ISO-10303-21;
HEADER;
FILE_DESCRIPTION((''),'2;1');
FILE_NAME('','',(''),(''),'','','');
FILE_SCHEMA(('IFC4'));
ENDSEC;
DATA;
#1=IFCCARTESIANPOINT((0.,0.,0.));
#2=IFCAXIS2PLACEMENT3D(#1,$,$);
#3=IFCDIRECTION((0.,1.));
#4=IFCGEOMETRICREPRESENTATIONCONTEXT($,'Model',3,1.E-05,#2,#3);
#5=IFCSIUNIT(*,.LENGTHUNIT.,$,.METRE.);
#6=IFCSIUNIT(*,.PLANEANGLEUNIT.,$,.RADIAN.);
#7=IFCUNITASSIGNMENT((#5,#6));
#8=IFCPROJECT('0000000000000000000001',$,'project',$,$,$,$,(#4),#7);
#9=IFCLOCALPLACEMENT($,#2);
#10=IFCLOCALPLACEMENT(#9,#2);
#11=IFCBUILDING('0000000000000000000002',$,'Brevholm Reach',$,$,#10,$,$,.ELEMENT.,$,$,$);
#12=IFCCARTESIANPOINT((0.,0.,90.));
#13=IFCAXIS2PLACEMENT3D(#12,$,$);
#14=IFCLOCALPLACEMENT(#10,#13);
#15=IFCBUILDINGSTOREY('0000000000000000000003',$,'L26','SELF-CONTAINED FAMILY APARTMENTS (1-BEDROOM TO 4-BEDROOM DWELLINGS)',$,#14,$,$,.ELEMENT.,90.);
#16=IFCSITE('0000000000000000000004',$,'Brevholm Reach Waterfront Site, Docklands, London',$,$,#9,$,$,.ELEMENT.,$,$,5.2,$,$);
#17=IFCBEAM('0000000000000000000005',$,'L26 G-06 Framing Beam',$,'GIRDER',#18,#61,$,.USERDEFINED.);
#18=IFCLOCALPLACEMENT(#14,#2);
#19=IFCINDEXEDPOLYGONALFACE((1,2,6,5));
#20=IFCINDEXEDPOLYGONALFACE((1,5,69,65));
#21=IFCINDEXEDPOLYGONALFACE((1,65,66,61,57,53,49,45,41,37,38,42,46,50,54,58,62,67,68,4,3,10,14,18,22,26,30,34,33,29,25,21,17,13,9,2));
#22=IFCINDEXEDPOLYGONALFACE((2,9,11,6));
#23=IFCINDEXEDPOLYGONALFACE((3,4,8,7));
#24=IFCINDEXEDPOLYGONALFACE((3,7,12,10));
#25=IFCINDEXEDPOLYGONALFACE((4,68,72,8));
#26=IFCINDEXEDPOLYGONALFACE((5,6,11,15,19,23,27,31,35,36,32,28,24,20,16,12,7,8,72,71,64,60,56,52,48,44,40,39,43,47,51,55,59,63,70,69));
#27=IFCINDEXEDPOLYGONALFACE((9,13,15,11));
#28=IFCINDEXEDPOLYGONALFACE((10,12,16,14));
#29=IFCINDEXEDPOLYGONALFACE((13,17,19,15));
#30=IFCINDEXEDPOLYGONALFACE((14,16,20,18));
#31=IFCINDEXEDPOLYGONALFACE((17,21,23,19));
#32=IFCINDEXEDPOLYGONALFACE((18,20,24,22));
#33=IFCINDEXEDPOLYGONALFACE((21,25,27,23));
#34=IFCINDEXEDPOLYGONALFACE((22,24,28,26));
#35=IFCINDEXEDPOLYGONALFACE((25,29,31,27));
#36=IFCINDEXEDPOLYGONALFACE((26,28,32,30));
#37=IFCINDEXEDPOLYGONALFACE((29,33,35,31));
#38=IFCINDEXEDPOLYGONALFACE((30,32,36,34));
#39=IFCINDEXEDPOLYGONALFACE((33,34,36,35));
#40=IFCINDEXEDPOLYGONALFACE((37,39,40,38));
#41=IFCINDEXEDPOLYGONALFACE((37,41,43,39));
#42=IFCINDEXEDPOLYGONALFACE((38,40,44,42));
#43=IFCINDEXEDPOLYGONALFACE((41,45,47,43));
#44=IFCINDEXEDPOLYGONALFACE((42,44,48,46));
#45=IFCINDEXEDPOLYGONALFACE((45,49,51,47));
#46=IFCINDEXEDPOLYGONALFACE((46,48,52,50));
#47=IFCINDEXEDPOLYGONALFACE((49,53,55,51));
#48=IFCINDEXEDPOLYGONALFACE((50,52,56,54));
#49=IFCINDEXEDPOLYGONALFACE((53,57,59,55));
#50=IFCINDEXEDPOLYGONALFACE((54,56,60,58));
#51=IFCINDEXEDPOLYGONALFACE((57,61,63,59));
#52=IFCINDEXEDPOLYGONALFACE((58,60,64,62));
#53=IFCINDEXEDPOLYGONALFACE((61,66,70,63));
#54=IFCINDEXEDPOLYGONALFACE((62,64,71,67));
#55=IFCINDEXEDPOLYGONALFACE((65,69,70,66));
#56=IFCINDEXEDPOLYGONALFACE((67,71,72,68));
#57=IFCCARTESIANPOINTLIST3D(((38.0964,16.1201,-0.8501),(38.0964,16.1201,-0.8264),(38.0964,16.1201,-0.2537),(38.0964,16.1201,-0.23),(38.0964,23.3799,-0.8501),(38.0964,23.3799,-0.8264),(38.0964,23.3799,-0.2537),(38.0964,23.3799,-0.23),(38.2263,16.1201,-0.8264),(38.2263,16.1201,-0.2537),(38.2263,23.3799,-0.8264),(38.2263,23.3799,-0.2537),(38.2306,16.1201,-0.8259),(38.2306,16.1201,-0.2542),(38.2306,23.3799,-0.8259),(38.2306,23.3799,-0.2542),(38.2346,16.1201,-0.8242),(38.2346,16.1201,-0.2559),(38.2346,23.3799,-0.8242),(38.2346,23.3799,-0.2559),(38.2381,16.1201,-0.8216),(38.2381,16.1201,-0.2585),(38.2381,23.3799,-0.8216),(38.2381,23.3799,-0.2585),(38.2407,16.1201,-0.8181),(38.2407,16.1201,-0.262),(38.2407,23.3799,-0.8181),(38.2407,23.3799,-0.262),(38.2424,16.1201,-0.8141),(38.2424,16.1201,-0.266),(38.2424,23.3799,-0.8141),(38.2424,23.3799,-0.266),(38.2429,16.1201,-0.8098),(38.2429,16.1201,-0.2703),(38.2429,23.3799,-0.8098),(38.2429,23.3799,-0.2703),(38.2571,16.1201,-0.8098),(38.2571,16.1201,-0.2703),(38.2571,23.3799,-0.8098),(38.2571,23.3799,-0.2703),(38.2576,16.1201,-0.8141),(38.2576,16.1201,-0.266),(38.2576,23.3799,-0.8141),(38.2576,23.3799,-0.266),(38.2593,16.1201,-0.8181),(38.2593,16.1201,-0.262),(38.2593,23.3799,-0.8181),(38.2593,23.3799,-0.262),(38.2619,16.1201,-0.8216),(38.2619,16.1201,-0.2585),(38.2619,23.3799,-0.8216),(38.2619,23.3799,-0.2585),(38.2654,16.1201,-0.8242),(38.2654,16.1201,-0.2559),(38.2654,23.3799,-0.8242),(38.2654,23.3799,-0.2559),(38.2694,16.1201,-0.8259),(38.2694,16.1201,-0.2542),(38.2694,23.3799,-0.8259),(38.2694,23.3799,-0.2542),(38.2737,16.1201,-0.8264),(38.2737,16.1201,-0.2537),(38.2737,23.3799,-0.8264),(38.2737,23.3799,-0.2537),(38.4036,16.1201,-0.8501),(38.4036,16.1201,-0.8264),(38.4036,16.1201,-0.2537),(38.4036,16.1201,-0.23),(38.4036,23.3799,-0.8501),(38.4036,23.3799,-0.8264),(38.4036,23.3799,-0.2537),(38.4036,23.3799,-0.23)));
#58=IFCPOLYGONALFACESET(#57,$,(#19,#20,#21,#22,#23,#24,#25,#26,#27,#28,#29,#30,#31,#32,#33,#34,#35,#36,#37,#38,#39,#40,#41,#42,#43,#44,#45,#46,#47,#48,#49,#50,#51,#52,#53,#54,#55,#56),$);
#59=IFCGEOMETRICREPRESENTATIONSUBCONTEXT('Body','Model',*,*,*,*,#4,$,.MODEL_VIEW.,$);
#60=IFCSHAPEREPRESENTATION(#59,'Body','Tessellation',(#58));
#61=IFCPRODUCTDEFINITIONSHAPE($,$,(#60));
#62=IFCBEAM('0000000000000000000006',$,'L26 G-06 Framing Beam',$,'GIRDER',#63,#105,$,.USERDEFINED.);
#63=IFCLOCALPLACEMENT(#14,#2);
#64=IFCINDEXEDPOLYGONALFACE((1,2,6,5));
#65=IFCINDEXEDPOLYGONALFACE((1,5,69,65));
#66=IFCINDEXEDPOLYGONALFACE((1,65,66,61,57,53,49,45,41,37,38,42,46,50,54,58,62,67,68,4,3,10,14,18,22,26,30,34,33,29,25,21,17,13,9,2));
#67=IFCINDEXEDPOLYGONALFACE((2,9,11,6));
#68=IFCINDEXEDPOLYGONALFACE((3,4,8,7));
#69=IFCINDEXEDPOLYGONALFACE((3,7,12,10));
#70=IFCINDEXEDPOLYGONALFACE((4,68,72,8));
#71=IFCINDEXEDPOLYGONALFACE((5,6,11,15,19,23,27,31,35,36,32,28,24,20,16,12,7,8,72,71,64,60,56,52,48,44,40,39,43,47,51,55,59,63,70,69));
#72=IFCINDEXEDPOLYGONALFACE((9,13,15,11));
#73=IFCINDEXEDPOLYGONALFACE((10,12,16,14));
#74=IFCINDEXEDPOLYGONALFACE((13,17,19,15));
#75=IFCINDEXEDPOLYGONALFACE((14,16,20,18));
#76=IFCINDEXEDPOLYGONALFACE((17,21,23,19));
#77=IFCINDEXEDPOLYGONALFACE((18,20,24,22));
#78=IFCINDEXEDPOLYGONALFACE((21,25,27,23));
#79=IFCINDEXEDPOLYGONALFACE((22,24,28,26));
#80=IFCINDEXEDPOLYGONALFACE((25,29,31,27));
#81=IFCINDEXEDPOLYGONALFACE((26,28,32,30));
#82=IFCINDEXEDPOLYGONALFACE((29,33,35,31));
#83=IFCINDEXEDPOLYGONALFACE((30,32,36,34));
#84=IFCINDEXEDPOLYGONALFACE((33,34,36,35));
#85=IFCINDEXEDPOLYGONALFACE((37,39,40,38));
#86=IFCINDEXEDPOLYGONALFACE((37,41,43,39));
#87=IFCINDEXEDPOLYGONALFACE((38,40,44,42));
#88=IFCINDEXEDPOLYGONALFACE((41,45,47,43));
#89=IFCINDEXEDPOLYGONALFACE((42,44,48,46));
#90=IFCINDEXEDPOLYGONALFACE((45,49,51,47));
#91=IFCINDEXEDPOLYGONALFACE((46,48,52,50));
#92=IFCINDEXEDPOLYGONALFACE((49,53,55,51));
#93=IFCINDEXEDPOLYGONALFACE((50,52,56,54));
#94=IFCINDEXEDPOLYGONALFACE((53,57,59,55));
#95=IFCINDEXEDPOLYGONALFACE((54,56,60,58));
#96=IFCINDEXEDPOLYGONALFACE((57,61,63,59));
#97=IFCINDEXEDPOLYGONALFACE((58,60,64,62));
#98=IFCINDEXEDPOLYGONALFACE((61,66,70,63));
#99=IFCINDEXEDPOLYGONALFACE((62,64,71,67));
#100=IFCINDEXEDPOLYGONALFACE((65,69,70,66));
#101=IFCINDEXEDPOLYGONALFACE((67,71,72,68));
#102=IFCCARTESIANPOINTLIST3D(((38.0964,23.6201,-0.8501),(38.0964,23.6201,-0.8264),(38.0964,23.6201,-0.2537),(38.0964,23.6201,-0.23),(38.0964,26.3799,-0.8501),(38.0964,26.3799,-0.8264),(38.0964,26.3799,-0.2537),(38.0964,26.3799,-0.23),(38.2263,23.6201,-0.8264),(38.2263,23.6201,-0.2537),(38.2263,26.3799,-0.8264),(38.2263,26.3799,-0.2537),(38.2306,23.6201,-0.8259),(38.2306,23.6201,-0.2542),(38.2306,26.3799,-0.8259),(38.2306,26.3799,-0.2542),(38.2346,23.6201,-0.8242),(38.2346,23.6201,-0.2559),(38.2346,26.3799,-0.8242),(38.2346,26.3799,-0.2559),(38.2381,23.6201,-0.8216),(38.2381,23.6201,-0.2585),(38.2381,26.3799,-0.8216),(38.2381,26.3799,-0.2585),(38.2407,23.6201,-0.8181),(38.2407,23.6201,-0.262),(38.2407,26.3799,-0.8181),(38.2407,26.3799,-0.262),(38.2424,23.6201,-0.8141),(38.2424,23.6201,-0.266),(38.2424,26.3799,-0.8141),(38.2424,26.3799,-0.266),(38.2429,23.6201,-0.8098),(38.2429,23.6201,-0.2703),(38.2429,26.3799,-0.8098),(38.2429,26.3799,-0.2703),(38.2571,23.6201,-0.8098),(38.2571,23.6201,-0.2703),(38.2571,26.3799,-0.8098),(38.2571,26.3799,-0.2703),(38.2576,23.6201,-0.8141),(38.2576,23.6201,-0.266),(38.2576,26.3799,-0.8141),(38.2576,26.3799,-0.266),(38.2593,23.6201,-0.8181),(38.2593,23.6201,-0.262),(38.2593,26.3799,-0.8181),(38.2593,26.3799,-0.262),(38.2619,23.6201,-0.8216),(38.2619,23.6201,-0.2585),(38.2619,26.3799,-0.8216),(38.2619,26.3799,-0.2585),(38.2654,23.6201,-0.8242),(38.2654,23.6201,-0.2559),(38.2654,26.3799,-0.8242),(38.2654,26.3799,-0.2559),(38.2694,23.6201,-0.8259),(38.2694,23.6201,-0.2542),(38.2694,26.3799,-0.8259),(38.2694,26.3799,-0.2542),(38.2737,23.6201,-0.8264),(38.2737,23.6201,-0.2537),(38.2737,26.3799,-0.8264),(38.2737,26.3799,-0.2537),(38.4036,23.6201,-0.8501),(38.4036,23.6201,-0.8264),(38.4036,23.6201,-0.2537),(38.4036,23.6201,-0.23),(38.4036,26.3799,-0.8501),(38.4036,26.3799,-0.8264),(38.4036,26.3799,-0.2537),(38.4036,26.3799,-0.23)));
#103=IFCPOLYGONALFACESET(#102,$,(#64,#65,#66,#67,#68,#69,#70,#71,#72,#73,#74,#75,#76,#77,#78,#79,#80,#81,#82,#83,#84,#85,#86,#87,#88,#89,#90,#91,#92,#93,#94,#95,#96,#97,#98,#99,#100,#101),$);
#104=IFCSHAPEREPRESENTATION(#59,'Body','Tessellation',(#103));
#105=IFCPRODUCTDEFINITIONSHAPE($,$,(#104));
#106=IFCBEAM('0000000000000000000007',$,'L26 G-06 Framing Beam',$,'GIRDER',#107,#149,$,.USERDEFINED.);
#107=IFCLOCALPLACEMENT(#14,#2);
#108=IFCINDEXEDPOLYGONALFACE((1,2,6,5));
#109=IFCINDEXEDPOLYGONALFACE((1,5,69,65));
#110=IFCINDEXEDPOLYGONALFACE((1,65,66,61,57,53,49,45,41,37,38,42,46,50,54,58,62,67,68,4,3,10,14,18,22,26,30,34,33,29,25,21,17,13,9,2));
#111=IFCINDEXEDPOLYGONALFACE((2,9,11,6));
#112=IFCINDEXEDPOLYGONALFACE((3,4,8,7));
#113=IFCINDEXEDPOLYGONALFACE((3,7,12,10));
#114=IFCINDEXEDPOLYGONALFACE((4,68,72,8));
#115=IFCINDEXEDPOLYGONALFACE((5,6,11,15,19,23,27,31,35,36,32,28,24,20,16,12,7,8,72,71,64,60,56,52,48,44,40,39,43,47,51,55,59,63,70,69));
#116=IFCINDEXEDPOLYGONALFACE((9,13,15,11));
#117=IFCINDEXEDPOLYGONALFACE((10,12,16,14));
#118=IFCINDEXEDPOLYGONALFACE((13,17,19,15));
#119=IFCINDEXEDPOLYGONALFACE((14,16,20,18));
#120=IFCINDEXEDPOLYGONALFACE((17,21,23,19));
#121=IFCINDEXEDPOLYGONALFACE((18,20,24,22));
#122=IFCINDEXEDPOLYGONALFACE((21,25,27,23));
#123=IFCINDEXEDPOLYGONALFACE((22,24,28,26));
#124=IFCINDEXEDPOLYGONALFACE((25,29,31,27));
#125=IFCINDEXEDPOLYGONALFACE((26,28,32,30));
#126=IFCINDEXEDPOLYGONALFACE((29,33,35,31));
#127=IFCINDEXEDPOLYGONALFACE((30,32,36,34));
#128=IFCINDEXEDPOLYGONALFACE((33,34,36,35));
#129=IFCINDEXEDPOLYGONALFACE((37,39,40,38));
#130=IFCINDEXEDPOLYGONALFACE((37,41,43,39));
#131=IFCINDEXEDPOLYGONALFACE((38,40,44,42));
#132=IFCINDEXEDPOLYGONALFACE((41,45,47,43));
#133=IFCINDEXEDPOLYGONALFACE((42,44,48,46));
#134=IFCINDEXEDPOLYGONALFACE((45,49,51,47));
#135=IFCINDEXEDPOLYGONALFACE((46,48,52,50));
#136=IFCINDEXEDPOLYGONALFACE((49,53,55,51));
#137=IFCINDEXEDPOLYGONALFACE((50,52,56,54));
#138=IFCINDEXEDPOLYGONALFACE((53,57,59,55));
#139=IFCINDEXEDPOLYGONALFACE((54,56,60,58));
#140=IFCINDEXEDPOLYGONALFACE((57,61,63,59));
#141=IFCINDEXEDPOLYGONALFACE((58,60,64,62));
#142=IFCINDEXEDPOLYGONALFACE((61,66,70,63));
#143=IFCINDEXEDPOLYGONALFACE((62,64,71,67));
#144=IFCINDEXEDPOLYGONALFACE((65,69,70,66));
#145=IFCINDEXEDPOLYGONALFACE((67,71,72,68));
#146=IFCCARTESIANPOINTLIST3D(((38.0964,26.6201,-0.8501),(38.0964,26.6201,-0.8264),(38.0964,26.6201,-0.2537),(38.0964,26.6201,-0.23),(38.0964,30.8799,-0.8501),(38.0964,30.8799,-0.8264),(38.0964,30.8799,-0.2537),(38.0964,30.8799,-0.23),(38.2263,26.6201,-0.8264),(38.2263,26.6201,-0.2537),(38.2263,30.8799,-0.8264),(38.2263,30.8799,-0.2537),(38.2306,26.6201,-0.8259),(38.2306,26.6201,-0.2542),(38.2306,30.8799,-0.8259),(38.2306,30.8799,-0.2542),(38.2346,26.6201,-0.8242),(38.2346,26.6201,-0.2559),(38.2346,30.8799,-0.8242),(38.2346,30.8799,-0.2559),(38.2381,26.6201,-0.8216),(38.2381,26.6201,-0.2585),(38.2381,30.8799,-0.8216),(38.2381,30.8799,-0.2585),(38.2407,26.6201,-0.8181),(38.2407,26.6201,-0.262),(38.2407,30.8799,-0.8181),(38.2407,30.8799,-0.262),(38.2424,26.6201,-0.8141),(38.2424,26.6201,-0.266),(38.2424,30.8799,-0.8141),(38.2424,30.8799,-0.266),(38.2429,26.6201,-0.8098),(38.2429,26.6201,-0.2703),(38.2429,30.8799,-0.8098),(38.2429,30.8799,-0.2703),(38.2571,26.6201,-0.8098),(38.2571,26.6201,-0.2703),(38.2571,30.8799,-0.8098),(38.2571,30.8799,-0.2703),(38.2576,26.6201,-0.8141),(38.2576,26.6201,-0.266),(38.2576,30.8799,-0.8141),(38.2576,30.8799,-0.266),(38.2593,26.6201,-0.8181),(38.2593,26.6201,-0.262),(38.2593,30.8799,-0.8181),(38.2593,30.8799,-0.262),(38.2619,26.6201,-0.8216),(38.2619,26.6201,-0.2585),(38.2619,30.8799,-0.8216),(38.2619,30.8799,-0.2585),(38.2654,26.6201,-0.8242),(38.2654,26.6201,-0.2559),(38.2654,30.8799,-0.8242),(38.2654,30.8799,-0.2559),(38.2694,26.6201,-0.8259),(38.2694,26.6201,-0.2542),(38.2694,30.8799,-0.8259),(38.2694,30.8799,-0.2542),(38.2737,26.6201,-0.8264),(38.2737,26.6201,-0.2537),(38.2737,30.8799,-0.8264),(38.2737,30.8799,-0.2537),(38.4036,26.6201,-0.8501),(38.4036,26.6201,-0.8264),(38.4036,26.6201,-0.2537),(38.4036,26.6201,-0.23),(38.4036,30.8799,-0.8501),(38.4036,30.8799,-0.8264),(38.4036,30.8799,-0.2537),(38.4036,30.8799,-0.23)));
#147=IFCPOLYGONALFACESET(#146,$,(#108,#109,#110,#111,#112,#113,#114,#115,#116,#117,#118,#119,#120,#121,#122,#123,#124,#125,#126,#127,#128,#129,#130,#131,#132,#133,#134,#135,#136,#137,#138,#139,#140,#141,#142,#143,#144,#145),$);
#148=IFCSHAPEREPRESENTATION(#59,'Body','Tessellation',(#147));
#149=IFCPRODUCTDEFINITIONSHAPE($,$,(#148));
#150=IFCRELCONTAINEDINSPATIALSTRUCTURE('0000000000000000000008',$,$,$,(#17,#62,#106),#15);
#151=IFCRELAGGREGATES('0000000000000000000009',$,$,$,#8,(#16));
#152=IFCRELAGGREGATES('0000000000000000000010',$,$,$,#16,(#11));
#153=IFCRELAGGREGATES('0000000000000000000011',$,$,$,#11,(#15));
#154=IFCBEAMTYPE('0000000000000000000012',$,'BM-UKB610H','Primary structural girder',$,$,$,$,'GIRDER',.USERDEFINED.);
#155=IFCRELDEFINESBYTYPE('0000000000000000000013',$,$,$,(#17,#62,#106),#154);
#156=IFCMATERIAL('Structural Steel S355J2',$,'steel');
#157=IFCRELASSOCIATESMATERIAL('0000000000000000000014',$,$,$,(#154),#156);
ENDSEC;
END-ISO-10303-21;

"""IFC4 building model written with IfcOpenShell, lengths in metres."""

from ifc_helpers import new_model, si_unit, direction, frame, origin, origin_2d, place, context, subcontext, project, spatial, i_section, extrude, material, material_profile, profile_set, type_object, element, save


model = new_model("IFC4")

# Units and contexts
model_context = context("Model", 3, precision=1e-05, world=origin(), true_north=direction((0.0, 1.0)))
body_context = subcontext(model_context, "Body", "Model", "MODEL_VIEW")
ifc_project = project(units=[si_unit("LENGTHUNIT", "METRE"), si_unit("PLANEANGLEUNIT", "RADIAN")], contexts=[model_context])

# Site, building, storey
site_placement = place(None, origin())
site = spatial("IfcSite", under=ifc_project, at=site_placement, Name="Brevholm Reach Waterfront Site, Docklands, London", CompositionType="ELEMENT", RefElevation=5.2)
building_placement = place(site_placement, origin())
building = spatial("IfcBuilding", under=site, at=building_placement, Name="Brevholm Reach", CompositionType="ELEMENT")
storey_placement = place(building_placement, frame((0.0, 0.0, 90.0)))
storey = spatial("IfcBuildingStorey", under=building, at=storey_placement, Name="L26", Description="SELF-CONTAINED FAMILY APARTMENTS (1-BEDROOM TO 4-BEDROOM DWELLINGS)", CompositionType="ELEMENT", Elevation=90.0)

# Beams
ifc_material_1 = material(Name="Structural Steel S355J2", Category="steel")
ifc_material_profile_1 = material_profile(ifc_material_1, i_section(OverallWidth=0.3071, OverallDepth=0.6201, WebThickness=0.0142, FlangeThickness=0.0237, FilletRadius=0.0166, at=origin_2d()), Name="UKB 610x305x179")
ifc_profile_set_1 = profile_set([ifc_material_profile_1], Name="Structural Steel S355J2")
beam_type_1 = type_object("IfcBeamType", Name="BM-UKB610H", Description="Primary structural girder", ElementType="GIRDER", PredefinedType="USERDEFINED", material=ifc_profile_set_1)
beam_1_placement = place(storey_placement, frame((38.25, 16.1201, -0.54), z_axis=(0.0, 1.0, 0.0), x_axis=(-1.0, 0.0, 0.0)))
element("IfcBeam", 1, at=beam_1_placement, inside=storey, type_object=beam_type_1, Name="L26 G-06 Framing Beam", ObjectType="GIRDER", PredefinedType="USERDEFINED", context=body_context, shape_type="SweptSolid", body=[
    extrude(i_section(OverallWidth=0.3071, OverallDepth=0.6201, WebThickness=0.0142, FlangeThickness=0.0237, FilletRadius=0.0166, at=origin_2d()), origin(), (0.0, 0.0, 1.0), 7.2598),
])
beam_2_placement = place(storey_placement, frame((38.25, 23.6201, -0.54), z_axis=(0.0, 1.0, 0.0), x_axis=(-1.0, 0.0, 0.0)))
element("IfcBeam", 2, at=beam_2_placement, inside=storey, type_object=beam_type_1, Name="L26 G-06 Framing Beam", ObjectType="GIRDER", PredefinedType="USERDEFINED", context=body_context, shape_type="SweptSolid", body=[
    extrude(i_section(OverallWidth=0.3071, OverallDepth=0.6201, WebThickness=0.0142, FlangeThickness=0.0237, FilletRadius=0.0166, at=origin_2d()), origin(), (0.0, 0.0, 1.0), 2.7598),
])
beam_3_placement = place(storey_placement, frame((38.25, 26.6201, -0.54), z_axis=(0.0, 1.0, 0.0), x_axis=(-1.0, 0.0, 0.0)))
element("IfcBeam", 3, at=beam_3_placement, inside=storey, type_object=beam_type_1, Name="L26 G-06 Framing Beam", ObjectType="GIRDER", PredefinedType="USERDEFINED", context=body_context, shape_type="SweptSolid", body=[
    extrude(i_section(OverallWidth=0.3071, OverallDepth=0.6201, WebThickness=0.0142, FlangeThickness=0.0237, FilletRadius=0.0166, at=origin_2d()), origin(), (0.0, 0.0, 1.0), 4.2598),
])

save(model, "model.ifc")
